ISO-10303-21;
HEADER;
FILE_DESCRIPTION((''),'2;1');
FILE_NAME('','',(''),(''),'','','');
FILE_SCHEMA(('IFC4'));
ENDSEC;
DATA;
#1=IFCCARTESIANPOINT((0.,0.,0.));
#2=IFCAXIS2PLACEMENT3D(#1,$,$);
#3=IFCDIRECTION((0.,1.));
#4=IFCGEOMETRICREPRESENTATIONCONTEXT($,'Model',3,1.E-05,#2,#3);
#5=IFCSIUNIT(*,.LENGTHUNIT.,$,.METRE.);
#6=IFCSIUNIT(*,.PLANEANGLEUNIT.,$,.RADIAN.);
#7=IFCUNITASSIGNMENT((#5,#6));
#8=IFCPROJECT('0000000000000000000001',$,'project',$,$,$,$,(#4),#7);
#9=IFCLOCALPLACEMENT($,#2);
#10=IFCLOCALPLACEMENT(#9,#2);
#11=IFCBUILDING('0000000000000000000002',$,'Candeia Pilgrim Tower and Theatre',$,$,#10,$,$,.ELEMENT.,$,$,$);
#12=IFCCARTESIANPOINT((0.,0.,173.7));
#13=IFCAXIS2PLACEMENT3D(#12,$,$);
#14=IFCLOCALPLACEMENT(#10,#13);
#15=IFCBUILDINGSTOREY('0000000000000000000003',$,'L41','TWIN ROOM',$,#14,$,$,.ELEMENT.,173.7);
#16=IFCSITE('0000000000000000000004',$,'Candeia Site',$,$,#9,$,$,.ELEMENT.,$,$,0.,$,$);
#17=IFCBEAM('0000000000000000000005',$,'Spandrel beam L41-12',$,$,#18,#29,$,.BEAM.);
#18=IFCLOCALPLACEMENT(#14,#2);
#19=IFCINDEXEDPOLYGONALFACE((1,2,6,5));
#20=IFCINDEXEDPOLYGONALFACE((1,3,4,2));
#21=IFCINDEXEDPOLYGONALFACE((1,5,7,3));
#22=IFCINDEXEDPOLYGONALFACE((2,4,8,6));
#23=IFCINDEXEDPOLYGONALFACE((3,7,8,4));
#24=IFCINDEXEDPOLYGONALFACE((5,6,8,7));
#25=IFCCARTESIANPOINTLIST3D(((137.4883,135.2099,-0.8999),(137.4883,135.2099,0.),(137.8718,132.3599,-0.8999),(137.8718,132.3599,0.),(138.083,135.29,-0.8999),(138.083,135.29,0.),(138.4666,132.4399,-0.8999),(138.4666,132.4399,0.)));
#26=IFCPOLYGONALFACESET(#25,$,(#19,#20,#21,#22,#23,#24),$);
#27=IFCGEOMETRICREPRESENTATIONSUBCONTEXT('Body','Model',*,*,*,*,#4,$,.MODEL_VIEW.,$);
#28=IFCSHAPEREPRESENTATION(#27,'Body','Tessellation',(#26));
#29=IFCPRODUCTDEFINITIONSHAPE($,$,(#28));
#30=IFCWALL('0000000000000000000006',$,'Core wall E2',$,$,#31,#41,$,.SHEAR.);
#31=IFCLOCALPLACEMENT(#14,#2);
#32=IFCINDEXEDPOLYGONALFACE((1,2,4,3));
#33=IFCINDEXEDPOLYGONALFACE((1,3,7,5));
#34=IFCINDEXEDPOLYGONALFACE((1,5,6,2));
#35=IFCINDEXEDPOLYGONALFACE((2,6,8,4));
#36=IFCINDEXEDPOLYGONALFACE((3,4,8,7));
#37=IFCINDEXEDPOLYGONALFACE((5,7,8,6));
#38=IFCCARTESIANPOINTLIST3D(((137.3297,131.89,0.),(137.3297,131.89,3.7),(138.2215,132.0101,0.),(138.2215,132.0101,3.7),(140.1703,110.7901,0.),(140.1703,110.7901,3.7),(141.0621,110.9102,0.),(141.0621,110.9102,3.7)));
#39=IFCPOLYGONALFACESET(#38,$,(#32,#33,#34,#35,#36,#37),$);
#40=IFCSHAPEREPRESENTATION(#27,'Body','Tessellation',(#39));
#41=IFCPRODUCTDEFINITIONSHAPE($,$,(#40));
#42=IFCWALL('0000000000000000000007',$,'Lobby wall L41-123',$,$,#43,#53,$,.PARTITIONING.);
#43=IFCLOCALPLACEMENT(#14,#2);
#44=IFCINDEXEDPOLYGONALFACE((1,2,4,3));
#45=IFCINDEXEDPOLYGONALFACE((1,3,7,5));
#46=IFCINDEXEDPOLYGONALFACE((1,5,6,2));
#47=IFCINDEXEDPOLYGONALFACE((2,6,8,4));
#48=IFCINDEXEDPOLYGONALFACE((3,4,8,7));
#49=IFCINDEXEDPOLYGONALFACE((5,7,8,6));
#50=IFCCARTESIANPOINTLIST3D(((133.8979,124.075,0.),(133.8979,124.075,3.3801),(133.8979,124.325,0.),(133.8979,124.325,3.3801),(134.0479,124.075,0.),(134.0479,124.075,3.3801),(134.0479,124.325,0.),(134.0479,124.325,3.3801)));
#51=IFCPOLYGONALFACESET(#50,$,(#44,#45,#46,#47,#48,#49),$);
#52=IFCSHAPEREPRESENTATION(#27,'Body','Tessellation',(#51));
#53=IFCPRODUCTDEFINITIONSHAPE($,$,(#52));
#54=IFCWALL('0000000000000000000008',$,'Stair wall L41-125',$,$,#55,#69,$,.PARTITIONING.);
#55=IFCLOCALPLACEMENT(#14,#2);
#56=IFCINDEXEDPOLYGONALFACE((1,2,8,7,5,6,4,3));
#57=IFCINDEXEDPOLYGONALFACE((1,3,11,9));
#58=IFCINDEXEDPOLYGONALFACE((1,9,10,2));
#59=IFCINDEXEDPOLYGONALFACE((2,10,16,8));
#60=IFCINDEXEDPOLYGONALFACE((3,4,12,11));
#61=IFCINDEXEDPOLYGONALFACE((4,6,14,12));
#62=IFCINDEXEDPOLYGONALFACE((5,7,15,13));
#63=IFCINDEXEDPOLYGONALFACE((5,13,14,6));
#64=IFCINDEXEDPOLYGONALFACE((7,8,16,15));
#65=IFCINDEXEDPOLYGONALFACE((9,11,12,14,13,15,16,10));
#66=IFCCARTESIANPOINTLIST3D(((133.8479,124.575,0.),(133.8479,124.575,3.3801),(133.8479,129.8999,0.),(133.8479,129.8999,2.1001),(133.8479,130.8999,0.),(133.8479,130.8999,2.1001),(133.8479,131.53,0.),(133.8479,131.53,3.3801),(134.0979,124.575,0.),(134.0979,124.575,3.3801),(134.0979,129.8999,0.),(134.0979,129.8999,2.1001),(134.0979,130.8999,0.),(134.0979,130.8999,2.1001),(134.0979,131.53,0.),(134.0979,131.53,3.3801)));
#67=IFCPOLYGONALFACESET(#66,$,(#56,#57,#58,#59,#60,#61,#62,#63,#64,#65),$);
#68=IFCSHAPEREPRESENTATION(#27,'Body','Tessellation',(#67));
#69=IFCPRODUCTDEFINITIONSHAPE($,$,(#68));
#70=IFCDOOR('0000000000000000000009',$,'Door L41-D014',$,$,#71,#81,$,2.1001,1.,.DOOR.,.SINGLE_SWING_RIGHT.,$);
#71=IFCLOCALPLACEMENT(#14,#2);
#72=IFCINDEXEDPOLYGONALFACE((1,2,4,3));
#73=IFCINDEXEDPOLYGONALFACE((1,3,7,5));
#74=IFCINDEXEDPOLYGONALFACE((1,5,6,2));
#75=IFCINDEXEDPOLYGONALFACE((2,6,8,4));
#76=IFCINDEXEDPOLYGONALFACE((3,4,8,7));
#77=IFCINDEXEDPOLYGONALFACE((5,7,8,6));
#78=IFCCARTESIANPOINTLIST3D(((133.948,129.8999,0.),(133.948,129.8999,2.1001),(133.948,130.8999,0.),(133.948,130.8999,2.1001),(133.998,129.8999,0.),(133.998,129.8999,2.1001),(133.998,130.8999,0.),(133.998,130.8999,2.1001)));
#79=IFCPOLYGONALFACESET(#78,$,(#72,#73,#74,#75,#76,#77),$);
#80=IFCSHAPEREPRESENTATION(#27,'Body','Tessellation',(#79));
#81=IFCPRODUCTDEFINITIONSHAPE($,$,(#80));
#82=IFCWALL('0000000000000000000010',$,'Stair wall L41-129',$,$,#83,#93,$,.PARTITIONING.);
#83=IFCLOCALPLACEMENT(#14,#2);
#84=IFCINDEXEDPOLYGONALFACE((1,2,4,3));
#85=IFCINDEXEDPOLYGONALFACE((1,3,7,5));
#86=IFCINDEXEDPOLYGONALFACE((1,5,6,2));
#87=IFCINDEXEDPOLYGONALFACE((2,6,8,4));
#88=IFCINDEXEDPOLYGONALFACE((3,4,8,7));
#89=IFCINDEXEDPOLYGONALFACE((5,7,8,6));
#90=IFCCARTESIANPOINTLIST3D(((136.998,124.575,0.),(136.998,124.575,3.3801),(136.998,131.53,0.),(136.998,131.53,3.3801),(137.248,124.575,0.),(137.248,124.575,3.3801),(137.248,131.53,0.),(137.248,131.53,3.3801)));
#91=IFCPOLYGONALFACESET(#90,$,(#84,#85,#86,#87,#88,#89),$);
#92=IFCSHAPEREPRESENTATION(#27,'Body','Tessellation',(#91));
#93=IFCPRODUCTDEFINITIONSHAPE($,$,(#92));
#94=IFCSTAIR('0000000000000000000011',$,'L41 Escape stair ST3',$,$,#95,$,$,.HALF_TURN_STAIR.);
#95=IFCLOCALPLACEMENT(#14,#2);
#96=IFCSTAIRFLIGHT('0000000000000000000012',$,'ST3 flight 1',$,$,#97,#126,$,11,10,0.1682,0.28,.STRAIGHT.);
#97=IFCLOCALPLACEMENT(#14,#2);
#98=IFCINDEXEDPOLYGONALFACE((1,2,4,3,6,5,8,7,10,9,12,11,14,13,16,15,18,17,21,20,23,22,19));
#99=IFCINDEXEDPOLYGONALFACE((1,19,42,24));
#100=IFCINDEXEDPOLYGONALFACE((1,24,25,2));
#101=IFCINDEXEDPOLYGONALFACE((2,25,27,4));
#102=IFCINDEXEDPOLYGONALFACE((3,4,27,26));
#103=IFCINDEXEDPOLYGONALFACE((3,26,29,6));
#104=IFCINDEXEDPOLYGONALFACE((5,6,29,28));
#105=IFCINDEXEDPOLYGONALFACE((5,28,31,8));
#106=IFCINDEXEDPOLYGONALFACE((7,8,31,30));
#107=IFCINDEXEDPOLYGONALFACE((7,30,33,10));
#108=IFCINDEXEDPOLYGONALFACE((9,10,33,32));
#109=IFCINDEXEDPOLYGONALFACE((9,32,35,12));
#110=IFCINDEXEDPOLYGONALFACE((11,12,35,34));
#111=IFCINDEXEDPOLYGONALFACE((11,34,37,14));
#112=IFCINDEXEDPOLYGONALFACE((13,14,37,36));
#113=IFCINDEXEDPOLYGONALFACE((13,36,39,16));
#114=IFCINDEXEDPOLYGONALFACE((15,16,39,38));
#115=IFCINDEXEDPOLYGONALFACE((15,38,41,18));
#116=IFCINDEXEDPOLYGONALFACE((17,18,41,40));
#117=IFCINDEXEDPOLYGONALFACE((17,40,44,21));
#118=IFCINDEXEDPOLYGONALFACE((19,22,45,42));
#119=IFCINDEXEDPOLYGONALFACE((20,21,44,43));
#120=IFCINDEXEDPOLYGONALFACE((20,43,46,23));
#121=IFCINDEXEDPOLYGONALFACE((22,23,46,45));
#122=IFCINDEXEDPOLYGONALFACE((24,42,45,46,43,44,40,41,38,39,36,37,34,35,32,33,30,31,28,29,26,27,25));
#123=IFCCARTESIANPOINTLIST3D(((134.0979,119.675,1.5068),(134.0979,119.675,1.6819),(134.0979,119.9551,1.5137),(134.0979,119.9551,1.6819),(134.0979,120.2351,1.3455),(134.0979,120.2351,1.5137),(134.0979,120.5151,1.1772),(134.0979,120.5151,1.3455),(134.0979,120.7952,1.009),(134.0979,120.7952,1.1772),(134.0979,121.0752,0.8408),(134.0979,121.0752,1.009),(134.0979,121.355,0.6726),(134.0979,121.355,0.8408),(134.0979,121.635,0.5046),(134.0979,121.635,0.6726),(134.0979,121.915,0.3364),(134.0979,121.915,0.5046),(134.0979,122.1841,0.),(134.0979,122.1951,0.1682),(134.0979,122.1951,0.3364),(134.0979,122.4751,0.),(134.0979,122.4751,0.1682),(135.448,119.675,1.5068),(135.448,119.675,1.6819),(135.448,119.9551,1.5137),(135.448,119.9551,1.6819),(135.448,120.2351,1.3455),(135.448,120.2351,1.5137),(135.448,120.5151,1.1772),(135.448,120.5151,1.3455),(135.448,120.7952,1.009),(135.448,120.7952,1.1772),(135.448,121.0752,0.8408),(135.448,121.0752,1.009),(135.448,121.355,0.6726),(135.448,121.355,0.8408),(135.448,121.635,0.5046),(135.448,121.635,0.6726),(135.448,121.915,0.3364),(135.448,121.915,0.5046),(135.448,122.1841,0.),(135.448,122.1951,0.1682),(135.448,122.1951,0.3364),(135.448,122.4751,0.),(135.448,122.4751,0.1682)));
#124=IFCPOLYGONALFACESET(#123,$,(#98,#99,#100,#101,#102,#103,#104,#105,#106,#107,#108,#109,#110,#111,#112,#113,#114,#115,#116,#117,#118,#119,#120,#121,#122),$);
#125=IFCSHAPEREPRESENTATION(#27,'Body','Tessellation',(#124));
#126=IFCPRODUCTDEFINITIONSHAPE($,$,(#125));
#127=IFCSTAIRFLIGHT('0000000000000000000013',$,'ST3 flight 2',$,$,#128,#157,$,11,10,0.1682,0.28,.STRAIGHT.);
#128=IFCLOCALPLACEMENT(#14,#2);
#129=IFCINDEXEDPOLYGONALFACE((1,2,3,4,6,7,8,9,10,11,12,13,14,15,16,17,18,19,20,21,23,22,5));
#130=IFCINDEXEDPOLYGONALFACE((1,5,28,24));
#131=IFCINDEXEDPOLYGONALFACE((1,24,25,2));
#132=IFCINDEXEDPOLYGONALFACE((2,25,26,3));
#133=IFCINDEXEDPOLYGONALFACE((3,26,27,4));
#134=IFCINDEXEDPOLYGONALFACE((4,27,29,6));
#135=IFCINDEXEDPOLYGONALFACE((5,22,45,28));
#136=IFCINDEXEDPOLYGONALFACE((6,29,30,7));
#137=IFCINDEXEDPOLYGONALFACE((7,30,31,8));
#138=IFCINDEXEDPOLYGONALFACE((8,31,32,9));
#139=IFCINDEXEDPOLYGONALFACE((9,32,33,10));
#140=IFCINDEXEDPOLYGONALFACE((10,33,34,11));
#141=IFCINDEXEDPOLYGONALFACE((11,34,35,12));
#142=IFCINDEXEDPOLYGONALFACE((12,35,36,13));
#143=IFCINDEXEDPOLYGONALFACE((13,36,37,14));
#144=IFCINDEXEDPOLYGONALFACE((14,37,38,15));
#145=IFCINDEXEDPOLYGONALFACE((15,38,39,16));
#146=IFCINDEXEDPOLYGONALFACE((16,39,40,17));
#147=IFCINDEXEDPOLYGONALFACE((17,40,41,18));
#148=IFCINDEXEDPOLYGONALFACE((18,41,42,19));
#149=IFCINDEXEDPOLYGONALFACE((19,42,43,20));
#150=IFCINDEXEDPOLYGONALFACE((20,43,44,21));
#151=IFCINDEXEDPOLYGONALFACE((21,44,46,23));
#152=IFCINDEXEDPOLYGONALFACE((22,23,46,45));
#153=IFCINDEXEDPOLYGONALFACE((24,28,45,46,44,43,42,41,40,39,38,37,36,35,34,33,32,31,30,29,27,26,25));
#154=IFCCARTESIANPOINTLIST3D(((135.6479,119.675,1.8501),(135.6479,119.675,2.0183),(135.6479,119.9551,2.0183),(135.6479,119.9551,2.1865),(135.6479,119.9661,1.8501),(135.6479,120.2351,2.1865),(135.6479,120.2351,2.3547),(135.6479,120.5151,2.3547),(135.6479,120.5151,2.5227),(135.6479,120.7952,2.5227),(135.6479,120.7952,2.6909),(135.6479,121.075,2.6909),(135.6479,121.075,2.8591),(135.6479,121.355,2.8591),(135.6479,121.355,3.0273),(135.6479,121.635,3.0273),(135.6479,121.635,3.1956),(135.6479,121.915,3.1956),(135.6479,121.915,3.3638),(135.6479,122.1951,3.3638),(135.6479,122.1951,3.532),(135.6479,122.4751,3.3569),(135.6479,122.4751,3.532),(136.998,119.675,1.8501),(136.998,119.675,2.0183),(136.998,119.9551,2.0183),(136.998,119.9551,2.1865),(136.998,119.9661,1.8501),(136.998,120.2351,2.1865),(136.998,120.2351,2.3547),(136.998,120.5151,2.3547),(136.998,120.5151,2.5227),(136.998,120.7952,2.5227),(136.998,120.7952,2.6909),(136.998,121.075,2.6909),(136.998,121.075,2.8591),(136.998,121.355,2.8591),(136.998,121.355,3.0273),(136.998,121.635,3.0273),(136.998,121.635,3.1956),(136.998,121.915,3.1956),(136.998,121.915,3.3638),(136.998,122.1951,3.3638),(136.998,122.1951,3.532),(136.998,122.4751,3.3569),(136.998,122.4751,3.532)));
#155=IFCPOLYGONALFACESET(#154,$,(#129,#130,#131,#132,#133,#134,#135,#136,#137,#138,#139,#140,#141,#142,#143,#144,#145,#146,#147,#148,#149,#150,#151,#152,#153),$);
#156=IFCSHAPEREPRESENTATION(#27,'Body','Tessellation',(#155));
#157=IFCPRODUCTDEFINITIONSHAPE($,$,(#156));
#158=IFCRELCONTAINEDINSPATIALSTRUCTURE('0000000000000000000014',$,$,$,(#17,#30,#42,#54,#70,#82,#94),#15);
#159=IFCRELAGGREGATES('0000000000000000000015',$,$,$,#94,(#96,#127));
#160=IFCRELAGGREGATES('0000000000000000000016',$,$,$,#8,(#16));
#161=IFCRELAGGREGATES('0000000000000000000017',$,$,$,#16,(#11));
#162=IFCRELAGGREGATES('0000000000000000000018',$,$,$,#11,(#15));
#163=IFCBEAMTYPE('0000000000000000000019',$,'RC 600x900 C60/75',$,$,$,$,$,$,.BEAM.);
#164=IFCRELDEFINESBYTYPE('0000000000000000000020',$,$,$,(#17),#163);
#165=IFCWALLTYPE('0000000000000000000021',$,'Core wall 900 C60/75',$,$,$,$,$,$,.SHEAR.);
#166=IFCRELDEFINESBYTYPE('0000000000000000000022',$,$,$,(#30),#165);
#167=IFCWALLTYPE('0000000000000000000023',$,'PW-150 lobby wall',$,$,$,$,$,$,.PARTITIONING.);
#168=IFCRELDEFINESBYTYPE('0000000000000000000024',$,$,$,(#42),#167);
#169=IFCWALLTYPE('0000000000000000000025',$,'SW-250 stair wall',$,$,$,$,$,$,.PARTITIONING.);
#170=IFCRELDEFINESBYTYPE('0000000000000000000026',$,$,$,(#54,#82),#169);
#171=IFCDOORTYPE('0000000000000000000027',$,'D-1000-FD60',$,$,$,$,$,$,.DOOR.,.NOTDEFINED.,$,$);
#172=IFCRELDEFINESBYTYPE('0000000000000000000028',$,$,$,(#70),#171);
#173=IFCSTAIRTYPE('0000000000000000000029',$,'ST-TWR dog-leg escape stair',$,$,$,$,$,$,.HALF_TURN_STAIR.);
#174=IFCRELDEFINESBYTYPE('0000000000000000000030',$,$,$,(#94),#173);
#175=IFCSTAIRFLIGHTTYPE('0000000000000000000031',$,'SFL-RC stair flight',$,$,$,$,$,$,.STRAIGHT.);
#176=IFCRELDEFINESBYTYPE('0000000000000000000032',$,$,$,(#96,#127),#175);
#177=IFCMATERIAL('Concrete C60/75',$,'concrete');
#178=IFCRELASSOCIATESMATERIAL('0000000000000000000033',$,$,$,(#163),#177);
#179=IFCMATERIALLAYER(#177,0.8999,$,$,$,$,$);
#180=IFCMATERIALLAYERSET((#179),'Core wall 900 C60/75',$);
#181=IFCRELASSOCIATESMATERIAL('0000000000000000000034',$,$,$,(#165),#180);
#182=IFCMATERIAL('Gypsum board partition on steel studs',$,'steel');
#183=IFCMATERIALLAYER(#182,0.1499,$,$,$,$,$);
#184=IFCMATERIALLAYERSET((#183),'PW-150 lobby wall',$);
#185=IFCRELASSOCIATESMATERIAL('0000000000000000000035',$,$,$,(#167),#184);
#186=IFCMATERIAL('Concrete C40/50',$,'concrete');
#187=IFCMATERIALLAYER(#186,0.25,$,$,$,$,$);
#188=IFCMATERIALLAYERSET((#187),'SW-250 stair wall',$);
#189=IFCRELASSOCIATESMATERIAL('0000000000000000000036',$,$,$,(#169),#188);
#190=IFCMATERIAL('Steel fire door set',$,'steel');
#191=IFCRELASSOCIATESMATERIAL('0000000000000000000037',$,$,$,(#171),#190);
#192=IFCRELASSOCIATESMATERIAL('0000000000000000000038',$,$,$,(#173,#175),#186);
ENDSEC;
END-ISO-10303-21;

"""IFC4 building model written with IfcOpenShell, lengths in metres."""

from ifc_helpers import new_model, si_unit, direction, frame, frame_2d, origin, origin_2d, place, context, subcontext, project, spatial, polyline, rectangle, outline, extrude, material, layer, layer_set, material_profile, profile_set, type_object, element, fill, aggregate, save


model = new_model("IFC4")

# Units and contexts
model_context = context("Model", 3, precision=1e-05, world=origin(), true_north=direction((0.0, 1.0)))
body_context = subcontext(model_context, "Body", "Model", "MODEL_VIEW")
ifc_project = project(units=[si_unit("LENGTHUNIT", "METRE"), si_unit("PLANEANGLEUNIT", "RADIAN")], contexts=[model_context])

# Site, building, storey
site_placement = place(None, origin())
site = spatial("IfcSite", under=ifc_project, at=site_placement, Name="Candeia Site", CompositionType="ELEMENT", RefElevation=0.0)
building_placement = place(site_placement, origin())
building = spatial("IfcBuilding", under=site, at=building_placement, Name="Candeia Pilgrim Tower and Theatre", CompositionType="ELEMENT")
storey_placement = place(building_placement, frame((0.0, 0.0, 173.7)))
storey = spatial("IfcBuildingStorey", under=building, at=storey_placement, Name="L41", Description="TWIN ROOM", CompositionType="ELEMENT", Elevation=173.7)

# Beam
ifc_material_1 = material(Name="Concrete C60/75", Category="concrete")
ifc_material_profile = material_profile(ifc_material_1, rectangle(XDim=0.6001, YDim=0.8999, at=origin_2d()))
ifc_profile_set = profile_set([ifc_material_profile], Name="Concrete C60/75")
beam_type = type_object("IfcBeamType", Name="RC 600x900 C60/75", PredefinedType="BEAM", material=ifc_profile_set)
beam_placement = place(storey_placement, frame((138.1692, 132.3999, -0.45), z_axis=(-0.13337, 0.991066, 0.0), x_axis=(-0.991066, -0.13337, 0.0)))
element("IfcBeam", 1, at=beam_placement, inside=storey, type_object=beam_type, Name="Spandrel beam L41-12", PredefinedType="BEAM", context=body_context, shape_type="SweptSolid", body=[
    extrude(rectangle(XDim=0.6001, YDim=0.8999, at=origin_2d()), origin(), (0.0, 0.0, 1.0), 2.8757),
])

# Wall
ifc_layer_1 = layer(ifc_material_1, 0.8999)
ifc_layer_set_1 = layer_set([ifc_layer_1], Name="Core wall 900 C60/75")
wall_type_1 = type_object("IfcWallType", Name="Core wall 900 C60/75", PredefinedType="SHEAR", material=ifc_layer_set_1)
wall_1_placement = place(storey_placement, frame((137.7756, 131.95, 0.0), z_axis=(0.0, 0.0, 1.0), x_axis=(0.133422, -0.991059, 0.0)))
element("IfcWall", 2, at=wall_1_placement, inside=storey, type_object=wall_type_1, Name="Core wall E2", PredefinedType="SHEAR", context=body_context, shape_type="SweptSolid", body=[
    extrude(rectangle(XDim=21.2903, YDim=0.8999, at=frame_2d((10.645, 0.0))), origin(), (0.0, 0.0, 1.0), 3.7),
])

# Wall
ifc_material_2 = material(Name="Gypsum board partition on steel studs", Category="steel")
ifc_layer_2 = layer(ifc_material_2, 0.1499)
ifc_layer_set_2 = layer_set([ifc_layer_2], Name="PW-150 lobby wall")
wall_type_2 = type_object("IfcWallType", Name="PW-150 lobby wall", PredefinedType="PARTITIONING", material=ifc_layer_set_2)
wall_2_placement = place(storey_placement, frame((133.9729, 124.075, 0.0), z_axis=(0.0, 0.0, 1.0), x_axis=(0.0, 1.0, 0.0)))
element("IfcWall", 3, at=wall_2_placement, inside=storey, type_object=wall_type_2, Name="Lobby wall L41-123", PredefinedType="PARTITIONING", context=body_context, shape_type="SweptSolid", body=[
    extrude(rectangle(XDim=0.25, YDim=0.1499, at=frame_2d((0.125, 0.0))), origin(), (0.0, 0.0, 1.0), 3.3801),
])

# Wall, opening, door
ifc_material_3 = material(Name="Concrete C40/50", Category="concrete")
ifc_layer_3 = layer(ifc_material_3, 0.25)
ifc_layer_set_3 = layer_set([ifc_layer_3], Name="SW-250 stair wall")
wall_type_3 = type_object("IfcWallType", Name="SW-250 stair wall", PredefinedType="PARTITIONING", material=ifc_layer_set_3)
wall_3_placement = place(storey_placement, frame((133.9729, 124.575, 0.0), z_axis=(0.0, 0.0, 1.0), x_axis=(0.0, 1.0, 0.0)))
wall_3 = element("IfcWall", 4, at=wall_3_placement, inside=storey, type_object=wall_type_3, Name="Stair wall L41-125", PredefinedType="PARTITIONING", context=body_context, shape_type="SweptSolid", body=[
    extrude(rectangle(XDim=6.9551, YDim=0.25, at=frame_2d((3.4775, 0.0))), origin(), (0.0, 0.0, 1.0), 3.3801),
])
opening_1_placement = place(wall_3_placement, frame((5.325, 0.0, 0.0)))
opening_1 = element("IfcOpeningElement", 5, at=opening_1_placement, cuts=wall_3, PredefinedType="OPENING", context=body_context, shape_type="SweptSolid", body=[
    extrude(rectangle(XDim=1.0, YDim=2.1001, at=frame_2d((0.5, 1.05))), frame((0.0, 0.135, 0.0), z_axis=(0.0, -1.0, 0.0), x_axis=(1.0, 0.0, 0.0)), (0.0, 0.0, 1.0), 0.27),
])
ifc_material_4 = material(Name="Steel fire door set", Category="steel")
door_type_1 = type_object("IfcDoorType", Name="D-1000-FD60", OperationType="NOTDEFINED", PredefinedType="DOOR", material=ifc_material_4)
door_1_placement = place(opening_1_placement, origin())
door_1 = element("IfcDoor", 6, at=door_1_placement, inside=storey, type_object=door_type_1, Name="Door L41-D014", OperationType="SINGLE_SWING_RIGHT", OverallHeight=2.1001, OverallWidth=1.0, PredefinedType="DOOR", context=body_context, shape_type="SweptSolid", body=[
    extrude(rectangle(XDim=1.0, YDim=2.1001, at=frame_2d((0.5, 1.05))), frame((0.0, 0.0249, 0.0), z_axis=(0.0, -1.0, 0.0), x_axis=(1.0, 0.0, 0.0)), (0.0, 0.0, 1.0), 0.05),
])
fill(opening_1, door_1)

# Wall
wall_4_placement = place(storey_placement, frame((137.123, 124.575, 0.0), z_axis=(0.0, 0.0, 1.0), x_axis=(0.0, 1.0, 0.0)))
element("IfcWall", 7, at=wall_4_placement, inside=storey, type_object=wall_type_3, Name="Stair wall L41-129", PredefinedType="PARTITIONING", context=body_context, shape_type="SweptSolid", body=[
    extrude(rectangle(XDim=6.9551, YDim=0.25, at=frame_2d((3.4775, 0.0))), origin(), (0.0, 0.0, 1.0), 3.3801),
])

# Stair, stair flights
stair_type = type_object("IfcStairType", Name="ST-TWR dog-leg escape stair", PredefinedType="HALF_TURN_STAIR", material=ifc_material_3)
stair_1_placement = place(storey_placement, origin())
stair_1 = element("IfcStair", 8, at=stair_1_placement, inside=storey, type_object=stair_type, Name="L41 Escape stair ST3", PredefinedType="HALF_TURN_STAIR")
stair_flight_type = type_object("IfcStairFlightType", Name="SFL-RC stair flight", PredefinedType="STRAIGHT", material=ifc_material_3)
stair_flight_1_placement = place(storey_placement, frame((134.7729, 122.4751, 0.0), z_axis=(0.0, 0.0, 1.0), x_axis=(0.0, -1.0, 0.0)))
stair_flight_1 = element("IfcStairFlight", 9, at=stair_flight_1_placement, type_object=stair_flight_type, Name="ST3 flight 1", NumberOfRisers=11, NumberOfTreads=10, PredefinedType="STRAIGHT", RiserHeight=0.1682, TreadLength=0.28, context=body_context, shape_type="SweptSolid", body=[
    extrude(outline(polyline([(0.0, 0.0), (0.0, 0.1682), (0.28, 0.1682), (0.28, 0.3364), (0.5601, 0.3364), (0.5601, 0.5046), (0.8401, 0.5046), (0.8401, 0.6726), (1.1201, 0.6726), (1.1201, 0.8408), (1.3999, 0.8408), (1.3999, 1.009), (1.6799, 1.009), (1.6799, 1.1772), (1.96, 1.1772), (1.96, 1.3455), (2.24, 1.3455), (2.24, 1.5137), (2.52, 1.5137), (2.52, 1.6819), (2.8, 1.6819), (2.8, 1.8501), (2.8, 1.5068), (0.291, 0.0), (0.0, 0.0)])), frame((0.0, 0.675, 0.0), z_axis=(0.0, -1.0, 0.0), x_axis=(1.0, 0.0, 0.0)), (0.0, 0.0, 1.0), 1.3501),
])
stair_flight_2_placement = place(storey_placement, frame((136.323, 119.675, 1.8501), z_axis=(0.0, 0.0, 1.0), x_axis=(0.0, 1.0, 0.0)))
stair_flight_2 = element("IfcStairFlight", 10, at=stair_flight_2_placement, type_object=stair_flight_type, Name="ST3 flight 2", NumberOfRisers=11, NumberOfTreads=10, PredefinedType="STRAIGHT", RiserHeight=0.1682, TreadLength=0.28, context=body_context, shape_type="SweptSolid", body=[
    extrude(outline(polyline([(0.0, 0.0), (0.0, 0.1682), (0.28, 0.1682), (0.28, 0.3364), (0.5601, 0.3364), (0.5601, 0.5046), (0.8401, 0.5046), (0.8401, 0.6726), (1.1201, 0.6726), (1.1201, 0.8408), (1.3999, 0.8408), (1.3999, 1.009), (1.6799, 1.009), (1.6799, 1.1772), (1.96, 1.1772), (1.96, 1.3455), (2.24, 1.3455), (2.24, 1.5137), (2.52, 1.5137), (2.52, 1.6819), (2.8, 1.6819), (2.8, 1.8501), (2.8, 1.5068), (0.291, 0.0), (0.0, 0.0)])), frame((0.0, 0.675, 0.0), z_axis=(0.0, -1.0, 0.0), x_axis=(1.0, 0.0, 0.0)), (0.0, 0.0, 1.0), 1.3501),
])
aggregate(stair_1, [stair_flight_1, stair_flight_2])

save(model, "model.ifc")
